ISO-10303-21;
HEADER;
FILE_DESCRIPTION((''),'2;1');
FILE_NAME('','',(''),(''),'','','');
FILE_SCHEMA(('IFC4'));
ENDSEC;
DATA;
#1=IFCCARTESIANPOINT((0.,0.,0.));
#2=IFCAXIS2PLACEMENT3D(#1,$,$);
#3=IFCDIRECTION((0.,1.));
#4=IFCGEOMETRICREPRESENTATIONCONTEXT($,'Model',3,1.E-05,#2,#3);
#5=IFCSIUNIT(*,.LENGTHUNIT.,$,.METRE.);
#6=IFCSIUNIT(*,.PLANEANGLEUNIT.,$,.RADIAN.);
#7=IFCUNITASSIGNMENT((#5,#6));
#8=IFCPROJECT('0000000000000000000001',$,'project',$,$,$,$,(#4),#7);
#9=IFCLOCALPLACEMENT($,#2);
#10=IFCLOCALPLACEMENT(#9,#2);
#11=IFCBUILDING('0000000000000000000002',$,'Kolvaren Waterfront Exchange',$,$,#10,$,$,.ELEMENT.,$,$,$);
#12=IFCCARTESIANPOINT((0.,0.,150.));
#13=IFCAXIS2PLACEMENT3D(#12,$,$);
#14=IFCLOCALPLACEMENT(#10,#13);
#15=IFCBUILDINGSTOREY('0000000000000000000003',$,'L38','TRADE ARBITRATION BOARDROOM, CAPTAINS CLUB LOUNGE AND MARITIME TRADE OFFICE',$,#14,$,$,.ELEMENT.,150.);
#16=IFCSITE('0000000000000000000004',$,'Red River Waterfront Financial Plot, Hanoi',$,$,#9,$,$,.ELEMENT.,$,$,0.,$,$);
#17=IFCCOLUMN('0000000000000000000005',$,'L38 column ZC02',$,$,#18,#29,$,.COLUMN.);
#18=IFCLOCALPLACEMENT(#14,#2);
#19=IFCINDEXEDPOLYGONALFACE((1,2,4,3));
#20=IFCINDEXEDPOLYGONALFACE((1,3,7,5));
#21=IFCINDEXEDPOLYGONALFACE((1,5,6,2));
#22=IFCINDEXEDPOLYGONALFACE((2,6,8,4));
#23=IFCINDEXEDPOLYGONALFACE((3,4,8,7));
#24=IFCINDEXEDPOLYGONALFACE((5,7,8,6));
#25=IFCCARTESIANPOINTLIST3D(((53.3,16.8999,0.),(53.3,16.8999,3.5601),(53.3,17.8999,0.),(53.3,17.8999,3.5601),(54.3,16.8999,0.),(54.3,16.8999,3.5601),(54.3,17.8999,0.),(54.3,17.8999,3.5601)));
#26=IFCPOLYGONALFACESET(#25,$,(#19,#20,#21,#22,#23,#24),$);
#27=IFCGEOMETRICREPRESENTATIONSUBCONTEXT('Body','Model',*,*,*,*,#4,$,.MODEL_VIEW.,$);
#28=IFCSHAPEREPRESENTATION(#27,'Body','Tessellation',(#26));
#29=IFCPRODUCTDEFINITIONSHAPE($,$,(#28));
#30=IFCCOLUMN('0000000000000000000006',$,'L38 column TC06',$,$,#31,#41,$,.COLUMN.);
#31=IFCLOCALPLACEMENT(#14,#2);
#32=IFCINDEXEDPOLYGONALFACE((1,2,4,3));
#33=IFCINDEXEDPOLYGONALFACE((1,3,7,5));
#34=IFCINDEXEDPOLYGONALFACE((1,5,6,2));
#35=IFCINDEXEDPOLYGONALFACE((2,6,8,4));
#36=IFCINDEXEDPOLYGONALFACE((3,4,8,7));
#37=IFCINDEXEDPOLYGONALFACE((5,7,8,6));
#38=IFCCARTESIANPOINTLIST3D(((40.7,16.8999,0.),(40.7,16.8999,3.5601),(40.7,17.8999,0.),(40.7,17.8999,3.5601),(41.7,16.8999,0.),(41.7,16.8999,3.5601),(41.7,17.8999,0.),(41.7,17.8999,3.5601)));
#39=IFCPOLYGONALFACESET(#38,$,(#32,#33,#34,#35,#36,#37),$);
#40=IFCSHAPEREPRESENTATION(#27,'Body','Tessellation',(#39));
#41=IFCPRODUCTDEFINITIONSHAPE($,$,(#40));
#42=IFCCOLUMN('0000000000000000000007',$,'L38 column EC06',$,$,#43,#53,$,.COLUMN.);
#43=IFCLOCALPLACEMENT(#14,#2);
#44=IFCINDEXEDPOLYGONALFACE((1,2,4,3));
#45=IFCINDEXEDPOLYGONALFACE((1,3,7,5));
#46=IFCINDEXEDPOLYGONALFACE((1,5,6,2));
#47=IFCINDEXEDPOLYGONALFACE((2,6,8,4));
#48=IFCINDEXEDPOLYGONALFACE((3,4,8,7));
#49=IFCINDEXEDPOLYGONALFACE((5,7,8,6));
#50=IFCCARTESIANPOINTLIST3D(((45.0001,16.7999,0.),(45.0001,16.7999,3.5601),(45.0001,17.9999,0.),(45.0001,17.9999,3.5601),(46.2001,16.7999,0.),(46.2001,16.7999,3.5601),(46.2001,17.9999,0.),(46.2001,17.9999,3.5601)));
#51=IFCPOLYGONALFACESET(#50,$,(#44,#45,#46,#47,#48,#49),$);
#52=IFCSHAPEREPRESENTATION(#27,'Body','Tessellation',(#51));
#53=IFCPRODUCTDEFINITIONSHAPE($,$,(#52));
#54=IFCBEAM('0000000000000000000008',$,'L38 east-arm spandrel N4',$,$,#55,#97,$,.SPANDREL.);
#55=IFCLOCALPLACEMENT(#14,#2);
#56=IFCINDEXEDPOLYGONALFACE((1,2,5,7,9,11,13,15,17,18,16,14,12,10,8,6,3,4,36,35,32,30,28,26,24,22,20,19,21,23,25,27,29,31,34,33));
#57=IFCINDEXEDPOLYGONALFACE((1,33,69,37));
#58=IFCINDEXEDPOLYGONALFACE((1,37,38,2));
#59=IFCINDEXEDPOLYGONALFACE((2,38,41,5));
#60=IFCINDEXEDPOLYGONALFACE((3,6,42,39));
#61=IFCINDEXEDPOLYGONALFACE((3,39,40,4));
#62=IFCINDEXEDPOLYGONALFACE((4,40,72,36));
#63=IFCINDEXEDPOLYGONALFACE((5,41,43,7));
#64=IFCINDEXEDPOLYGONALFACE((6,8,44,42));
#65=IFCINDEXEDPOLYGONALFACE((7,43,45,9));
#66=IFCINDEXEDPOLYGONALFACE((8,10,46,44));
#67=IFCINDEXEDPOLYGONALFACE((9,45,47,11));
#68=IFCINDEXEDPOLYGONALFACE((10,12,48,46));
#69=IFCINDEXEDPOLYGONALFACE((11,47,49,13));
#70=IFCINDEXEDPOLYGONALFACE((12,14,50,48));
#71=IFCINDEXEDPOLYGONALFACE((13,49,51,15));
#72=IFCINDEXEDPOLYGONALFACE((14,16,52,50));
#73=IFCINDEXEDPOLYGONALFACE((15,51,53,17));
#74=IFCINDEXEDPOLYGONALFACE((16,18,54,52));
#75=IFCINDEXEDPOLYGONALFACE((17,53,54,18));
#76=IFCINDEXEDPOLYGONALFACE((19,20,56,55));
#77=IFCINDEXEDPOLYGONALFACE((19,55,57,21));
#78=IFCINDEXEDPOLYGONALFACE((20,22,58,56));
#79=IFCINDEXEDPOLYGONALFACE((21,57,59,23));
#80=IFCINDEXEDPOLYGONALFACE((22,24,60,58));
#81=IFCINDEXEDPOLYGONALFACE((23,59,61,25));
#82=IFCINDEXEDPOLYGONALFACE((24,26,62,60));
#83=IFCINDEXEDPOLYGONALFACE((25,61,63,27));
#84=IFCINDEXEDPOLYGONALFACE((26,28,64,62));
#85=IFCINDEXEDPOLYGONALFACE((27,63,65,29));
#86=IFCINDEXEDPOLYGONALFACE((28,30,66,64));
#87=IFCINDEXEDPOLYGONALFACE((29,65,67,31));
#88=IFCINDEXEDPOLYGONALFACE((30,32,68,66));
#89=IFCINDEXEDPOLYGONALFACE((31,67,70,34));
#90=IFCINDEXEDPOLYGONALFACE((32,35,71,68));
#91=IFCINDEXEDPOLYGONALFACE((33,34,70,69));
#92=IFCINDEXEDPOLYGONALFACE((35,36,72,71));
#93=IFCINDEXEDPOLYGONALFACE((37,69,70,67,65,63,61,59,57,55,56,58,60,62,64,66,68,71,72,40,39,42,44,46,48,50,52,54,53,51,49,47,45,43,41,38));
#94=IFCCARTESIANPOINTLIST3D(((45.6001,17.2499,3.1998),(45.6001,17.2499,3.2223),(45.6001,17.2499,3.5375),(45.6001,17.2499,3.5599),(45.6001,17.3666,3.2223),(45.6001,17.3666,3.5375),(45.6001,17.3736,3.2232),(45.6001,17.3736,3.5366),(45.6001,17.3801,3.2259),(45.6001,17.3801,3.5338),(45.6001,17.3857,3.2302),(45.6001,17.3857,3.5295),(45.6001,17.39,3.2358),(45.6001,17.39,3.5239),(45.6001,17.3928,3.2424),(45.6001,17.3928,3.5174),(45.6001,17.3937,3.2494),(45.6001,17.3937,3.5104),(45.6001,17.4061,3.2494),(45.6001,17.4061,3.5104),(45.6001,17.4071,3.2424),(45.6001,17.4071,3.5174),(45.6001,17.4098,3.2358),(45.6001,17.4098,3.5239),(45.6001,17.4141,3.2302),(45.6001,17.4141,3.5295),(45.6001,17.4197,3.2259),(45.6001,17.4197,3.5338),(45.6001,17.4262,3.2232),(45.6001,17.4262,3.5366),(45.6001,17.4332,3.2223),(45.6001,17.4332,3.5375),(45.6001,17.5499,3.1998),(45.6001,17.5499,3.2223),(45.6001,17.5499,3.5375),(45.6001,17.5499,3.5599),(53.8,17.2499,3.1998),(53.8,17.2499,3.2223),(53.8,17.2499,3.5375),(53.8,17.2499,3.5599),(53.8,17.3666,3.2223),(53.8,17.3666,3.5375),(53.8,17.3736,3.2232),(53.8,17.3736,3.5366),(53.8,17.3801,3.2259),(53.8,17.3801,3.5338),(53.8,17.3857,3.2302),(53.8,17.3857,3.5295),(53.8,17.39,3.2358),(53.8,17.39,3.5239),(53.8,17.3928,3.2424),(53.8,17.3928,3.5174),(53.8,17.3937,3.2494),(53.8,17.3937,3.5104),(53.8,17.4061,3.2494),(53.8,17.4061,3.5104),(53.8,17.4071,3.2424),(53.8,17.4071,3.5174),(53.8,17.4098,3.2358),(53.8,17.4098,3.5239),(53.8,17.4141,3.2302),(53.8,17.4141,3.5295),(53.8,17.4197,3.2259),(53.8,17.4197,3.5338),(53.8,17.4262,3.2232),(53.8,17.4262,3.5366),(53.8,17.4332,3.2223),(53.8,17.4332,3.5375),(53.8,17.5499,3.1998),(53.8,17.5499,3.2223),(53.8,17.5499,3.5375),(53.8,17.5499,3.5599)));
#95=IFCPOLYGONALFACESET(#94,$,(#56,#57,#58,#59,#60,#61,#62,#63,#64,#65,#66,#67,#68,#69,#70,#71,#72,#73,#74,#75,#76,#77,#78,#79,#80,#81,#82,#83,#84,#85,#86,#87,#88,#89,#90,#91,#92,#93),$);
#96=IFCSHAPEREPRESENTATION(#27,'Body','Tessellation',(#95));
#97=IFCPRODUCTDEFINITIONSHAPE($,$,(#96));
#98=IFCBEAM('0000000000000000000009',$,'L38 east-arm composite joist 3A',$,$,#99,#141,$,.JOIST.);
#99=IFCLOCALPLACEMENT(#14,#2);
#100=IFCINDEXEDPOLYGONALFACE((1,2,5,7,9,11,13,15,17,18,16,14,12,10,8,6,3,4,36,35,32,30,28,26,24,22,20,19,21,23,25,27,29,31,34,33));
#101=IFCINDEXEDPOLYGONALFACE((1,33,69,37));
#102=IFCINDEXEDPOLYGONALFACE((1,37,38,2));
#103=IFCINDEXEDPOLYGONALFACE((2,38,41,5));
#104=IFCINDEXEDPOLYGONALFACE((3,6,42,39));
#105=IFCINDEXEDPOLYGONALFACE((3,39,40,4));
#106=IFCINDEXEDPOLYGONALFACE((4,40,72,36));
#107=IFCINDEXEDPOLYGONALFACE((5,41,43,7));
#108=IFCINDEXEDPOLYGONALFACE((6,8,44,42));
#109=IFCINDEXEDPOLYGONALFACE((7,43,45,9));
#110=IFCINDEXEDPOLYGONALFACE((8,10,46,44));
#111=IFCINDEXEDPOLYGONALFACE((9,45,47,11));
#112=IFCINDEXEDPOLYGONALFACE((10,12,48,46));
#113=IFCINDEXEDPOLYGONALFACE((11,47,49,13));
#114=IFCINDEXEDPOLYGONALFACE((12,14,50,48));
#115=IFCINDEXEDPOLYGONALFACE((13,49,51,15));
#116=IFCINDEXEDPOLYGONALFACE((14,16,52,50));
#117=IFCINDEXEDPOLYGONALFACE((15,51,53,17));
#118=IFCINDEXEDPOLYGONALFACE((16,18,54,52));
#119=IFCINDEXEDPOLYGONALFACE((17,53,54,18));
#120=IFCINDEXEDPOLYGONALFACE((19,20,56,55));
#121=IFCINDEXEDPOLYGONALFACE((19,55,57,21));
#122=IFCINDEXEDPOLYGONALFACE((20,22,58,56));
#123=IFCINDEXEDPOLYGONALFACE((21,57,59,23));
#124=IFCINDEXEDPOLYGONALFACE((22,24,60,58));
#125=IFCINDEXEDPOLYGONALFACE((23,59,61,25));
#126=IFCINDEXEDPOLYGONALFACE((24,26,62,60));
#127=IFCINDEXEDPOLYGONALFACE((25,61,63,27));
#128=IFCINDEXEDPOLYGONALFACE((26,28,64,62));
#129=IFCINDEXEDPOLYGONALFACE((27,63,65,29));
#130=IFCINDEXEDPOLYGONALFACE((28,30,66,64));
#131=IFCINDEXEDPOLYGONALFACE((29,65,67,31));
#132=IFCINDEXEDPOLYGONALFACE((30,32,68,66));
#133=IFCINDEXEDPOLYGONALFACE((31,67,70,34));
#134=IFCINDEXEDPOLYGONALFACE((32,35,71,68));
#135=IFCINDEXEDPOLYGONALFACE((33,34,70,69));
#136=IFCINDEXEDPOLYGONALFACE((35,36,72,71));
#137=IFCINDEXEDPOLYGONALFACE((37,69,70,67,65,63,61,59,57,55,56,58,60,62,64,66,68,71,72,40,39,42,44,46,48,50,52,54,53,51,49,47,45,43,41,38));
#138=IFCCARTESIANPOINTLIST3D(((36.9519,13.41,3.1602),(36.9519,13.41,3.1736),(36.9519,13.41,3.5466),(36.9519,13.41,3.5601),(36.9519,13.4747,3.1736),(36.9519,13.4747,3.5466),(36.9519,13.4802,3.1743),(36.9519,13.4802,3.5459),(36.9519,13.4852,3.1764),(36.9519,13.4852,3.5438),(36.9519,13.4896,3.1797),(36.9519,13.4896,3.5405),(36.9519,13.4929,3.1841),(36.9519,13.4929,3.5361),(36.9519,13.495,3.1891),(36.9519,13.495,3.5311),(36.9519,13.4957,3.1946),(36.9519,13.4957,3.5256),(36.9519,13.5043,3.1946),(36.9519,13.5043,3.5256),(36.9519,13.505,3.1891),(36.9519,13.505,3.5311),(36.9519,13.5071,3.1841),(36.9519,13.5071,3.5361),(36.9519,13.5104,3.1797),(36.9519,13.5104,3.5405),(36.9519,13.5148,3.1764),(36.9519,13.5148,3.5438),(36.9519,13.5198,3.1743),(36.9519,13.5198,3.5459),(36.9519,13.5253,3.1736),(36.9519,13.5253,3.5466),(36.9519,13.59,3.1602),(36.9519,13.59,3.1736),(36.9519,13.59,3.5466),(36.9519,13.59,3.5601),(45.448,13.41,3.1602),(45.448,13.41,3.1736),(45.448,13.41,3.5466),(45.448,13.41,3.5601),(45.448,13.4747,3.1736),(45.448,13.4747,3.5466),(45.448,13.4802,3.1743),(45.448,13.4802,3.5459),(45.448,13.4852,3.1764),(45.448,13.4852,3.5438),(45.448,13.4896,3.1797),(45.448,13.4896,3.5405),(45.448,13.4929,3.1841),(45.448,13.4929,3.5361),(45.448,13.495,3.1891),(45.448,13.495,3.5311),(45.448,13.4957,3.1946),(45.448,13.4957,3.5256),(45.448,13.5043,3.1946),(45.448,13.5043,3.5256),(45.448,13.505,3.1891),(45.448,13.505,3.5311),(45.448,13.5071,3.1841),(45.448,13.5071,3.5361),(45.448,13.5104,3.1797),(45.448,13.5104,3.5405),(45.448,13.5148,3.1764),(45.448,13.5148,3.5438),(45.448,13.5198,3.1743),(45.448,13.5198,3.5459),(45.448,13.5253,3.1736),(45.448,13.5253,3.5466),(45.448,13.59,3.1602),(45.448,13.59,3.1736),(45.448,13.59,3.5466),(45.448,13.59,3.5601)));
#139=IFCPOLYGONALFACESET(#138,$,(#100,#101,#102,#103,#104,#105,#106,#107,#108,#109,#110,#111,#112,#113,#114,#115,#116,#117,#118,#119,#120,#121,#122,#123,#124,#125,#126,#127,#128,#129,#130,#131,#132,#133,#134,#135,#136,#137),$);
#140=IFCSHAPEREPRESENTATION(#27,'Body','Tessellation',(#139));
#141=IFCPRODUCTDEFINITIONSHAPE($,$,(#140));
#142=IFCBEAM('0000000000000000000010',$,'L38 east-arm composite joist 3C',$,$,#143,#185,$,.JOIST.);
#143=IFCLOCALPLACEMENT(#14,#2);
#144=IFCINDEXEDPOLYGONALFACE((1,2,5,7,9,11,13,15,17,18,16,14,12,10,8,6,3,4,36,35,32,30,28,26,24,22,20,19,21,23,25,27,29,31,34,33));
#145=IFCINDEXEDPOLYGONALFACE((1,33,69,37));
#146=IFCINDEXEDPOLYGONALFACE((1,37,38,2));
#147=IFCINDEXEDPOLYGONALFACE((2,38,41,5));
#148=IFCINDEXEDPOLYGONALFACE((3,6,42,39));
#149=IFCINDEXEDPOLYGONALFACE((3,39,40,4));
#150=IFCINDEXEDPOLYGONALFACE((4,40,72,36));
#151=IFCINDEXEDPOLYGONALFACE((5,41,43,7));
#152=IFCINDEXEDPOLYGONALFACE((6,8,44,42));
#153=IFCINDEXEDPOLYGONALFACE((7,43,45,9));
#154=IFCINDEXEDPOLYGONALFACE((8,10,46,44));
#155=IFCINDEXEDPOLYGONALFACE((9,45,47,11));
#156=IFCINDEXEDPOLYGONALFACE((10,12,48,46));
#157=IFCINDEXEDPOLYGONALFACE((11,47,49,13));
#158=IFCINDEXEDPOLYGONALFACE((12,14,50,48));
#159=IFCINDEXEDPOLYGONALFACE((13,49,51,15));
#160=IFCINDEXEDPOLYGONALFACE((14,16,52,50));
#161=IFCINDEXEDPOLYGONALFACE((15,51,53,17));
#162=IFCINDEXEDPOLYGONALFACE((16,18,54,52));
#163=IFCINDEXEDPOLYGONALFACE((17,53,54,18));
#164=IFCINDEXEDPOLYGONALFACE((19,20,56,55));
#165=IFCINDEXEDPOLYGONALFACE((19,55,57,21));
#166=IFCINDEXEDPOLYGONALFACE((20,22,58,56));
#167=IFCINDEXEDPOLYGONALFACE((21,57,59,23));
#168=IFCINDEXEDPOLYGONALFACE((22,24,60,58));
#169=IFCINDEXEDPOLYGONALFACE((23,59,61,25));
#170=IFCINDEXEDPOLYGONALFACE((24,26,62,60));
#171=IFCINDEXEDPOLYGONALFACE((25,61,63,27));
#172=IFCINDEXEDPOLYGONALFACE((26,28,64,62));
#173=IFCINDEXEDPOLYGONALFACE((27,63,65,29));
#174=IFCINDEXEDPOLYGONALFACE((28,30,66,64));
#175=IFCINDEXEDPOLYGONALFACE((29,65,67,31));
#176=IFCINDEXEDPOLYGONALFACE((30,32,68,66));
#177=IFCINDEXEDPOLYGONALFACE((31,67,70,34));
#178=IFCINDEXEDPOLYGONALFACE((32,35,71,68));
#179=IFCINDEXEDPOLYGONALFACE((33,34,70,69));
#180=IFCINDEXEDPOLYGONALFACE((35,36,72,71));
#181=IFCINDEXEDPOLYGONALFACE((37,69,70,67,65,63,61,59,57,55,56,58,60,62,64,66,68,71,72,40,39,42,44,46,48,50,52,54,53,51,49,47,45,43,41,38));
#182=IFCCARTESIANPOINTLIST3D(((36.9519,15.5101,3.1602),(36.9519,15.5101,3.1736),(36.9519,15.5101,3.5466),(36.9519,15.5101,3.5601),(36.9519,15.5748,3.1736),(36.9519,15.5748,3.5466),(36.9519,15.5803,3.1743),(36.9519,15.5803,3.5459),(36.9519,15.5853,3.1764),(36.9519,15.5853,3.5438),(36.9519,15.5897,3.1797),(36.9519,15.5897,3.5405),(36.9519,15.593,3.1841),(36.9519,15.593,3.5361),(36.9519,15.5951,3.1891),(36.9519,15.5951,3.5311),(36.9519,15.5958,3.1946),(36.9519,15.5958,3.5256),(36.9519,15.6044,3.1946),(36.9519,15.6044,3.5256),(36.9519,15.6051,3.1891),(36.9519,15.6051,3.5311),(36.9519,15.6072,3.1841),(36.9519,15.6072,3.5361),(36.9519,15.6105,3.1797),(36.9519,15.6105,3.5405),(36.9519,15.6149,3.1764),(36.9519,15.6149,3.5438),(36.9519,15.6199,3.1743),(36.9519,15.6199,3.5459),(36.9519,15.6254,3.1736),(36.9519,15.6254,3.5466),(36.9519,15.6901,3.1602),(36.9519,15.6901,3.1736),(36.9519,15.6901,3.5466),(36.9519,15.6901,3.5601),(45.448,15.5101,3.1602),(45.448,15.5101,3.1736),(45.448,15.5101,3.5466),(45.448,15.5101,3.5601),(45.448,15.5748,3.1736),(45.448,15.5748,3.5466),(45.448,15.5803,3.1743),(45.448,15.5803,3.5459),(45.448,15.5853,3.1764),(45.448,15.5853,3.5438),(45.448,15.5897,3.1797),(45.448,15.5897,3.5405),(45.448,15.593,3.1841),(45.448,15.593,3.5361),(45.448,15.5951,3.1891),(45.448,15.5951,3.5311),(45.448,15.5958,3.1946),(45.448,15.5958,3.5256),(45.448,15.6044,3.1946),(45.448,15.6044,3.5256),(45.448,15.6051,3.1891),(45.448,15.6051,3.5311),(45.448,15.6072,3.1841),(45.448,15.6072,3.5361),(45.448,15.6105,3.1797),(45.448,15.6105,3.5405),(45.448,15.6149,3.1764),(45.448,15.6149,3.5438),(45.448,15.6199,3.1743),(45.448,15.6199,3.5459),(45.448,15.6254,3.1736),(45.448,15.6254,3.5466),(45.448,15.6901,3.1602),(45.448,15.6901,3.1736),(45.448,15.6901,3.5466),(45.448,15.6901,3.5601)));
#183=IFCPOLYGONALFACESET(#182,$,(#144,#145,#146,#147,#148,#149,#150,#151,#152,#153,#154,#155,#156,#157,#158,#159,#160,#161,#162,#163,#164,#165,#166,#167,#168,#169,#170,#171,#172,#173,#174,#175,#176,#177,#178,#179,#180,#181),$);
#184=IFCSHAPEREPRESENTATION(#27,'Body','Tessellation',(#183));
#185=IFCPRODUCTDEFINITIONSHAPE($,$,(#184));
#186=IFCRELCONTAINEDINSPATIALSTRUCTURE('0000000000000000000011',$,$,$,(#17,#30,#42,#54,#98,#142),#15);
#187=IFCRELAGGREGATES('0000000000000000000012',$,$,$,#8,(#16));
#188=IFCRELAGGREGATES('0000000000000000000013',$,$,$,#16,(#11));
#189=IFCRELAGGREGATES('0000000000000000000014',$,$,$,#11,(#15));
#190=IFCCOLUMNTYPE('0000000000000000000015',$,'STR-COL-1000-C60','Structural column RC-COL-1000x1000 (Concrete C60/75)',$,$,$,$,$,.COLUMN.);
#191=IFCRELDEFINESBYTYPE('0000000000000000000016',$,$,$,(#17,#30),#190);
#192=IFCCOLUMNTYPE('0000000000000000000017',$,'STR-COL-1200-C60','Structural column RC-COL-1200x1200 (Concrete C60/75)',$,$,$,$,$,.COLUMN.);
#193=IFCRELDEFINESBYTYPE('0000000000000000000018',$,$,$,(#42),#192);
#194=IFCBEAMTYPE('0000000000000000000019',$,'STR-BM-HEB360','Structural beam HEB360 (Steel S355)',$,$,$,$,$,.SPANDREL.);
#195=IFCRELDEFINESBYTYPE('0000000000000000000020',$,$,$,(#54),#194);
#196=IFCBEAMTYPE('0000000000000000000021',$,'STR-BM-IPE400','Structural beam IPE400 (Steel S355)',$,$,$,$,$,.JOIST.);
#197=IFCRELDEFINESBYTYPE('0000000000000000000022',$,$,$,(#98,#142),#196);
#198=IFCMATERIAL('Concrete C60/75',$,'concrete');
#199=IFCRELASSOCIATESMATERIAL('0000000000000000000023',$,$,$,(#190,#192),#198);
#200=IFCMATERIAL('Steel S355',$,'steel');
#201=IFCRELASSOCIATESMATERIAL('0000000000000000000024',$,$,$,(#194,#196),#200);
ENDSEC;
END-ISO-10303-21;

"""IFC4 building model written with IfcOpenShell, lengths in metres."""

from ifc_helpers import new_model, si_unit, direction, frame, origin, origin_2d, place, context, subcontext, project, spatial, rectangle, i_section, extrude, material, material_profile, profile_set, type_object, element, save


model = new_model("IFC4")

# Units and contexts
model_context = context("Model", 3, precision=1e-05, world=origin(), true_north=direction((0.0, 1.0)))
body_context = subcontext(model_context, "Body", "Model", "MODEL_VIEW")
ifc_project = project(units=[si_unit("LENGTHUNIT", "METRE"), si_unit("PLANEANGLEUNIT", "RADIAN")], contexts=[model_context])

# Site, building, storey
site_placement = place(None, origin())
site = spatial("IfcSite", under=ifc_project, at=site_placement, Name="Red River Waterfront Financial Plot, Hanoi", CompositionType="ELEMENT", RefElevation=0.0)
building_placement = place(site_placement, origin())
building = spatial("IfcBuilding", under=site, at=building_placement, Name="Kolvaren Waterfront Exchange", CompositionType="ELEMENT")
storey_placement = place(building_placement, frame((0.0, 0.0, 150.0)))
storey = spatial("IfcBuildingStorey", under=building, at=storey_placement, Name="L38", Description="TRADE ARBITRATION BOARDROOM, CAPTAINS CLUB LOUNGE AND MARITIME TRADE OFFICE", CompositionType="ELEMENT", Elevation=150.0)

# Columns
ifc_material_1 = material(Name="Concrete C60/75", Category="concrete")
ifc_material_profile_1 = material_profile(ifc_material_1, rectangle(XDim=1.0, YDim=1.0, at=origin_2d()), Name="RC-COL-1000x1000")
ifc_profile_set_1 = profile_set([ifc_material_profile_1], Name="Concrete C60/75")
column_type_1 = type_object("IfcColumnType", Name="STR-COL-1000-C60", Description="Structural column RC-COL-1000x1000 (Concrete C60/75)", PredefinedType="COLUMN", material=ifc_profile_set_1)
for number, where, z_axis, x_axis, name in (
    (1, (53.8, 17.3999, 0.0), (0.0, 0.0, 1.0), (1.0, 0.0, 0.0), "L38 column ZC02"),
    (2, (41.2, 17.3999, 0.0), (0.0, 0.0, 1.0), (1.0, 0.0, 0.0), "L38 column TC06"),
):
    element("IfcColumn", number, at=place(storey_placement, frame(where, z_axis=z_axis, x_axis=x_axis)), inside=storey, type_object=column_type_1, Name=name, PredefinedType="COLUMN", context=body_context, shape_type="SweptSolid", body=[
        extrude(rectangle(XDim=1.0, YDim=1.0, at=origin_2d()), origin(), (0.0, 0.0, 1.0), 3.5601),
    ])
ifc_material_profile_2 = material_profile(ifc_material_1, rectangle(XDim=1.2, YDim=1.2, at=origin_2d()), Name="RC-COL-1200x1200")
ifc_profile_set_2 = profile_set([ifc_material_profile_2], Name="Concrete C60/75")
column_type_2 = type_object("IfcColumnType", Name="STR-COL-1200-C60", Description="Structural column RC-COL-1200x1200 (Concrete C60/75)", PredefinedType="COLUMN", material=ifc_profile_set_2)
column_placement = place(storey_placement, frame((45.6001, 17.3999, 0.0), z_axis=(0.0, 0.0, 1.0), x_axis=(1.0, 0.0, 0.0)))
element("IfcColumn", 3, at=column_placement, inside=storey, type_object=column_type_2, Name="L38 column EC06", PredefinedType="COLUMN", context=body_context, shape_type="SweptSolid", body=[
    extrude(rectangle(XDim=1.2, YDim=1.2, at=origin_2d()), origin(), (0.0, 0.0, 1.0), 3.5601),
])

# Beams
ifc_material_2 = material(Name="Steel S355", Category="steel")
ifc_material_profile_3 = material_profile(ifc_material_2, i_section(OverallWidth=0.3, OverallDepth=0.3601, WebThickness=0.0125, FlangeThickness=0.0225, FilletRadius=0.0271, at=origin_2d()), Name="HEB360")
ifc_profile_set_3 = profile_set([ifc_material_profile_3], Name="Steel S355")
beam_type_1 = type_object("IfcBeamType", Name="STR-BM-HEB360", Description="Structural beam HEB360 (Steel S355)", PredefinedType="SPANDREL", material=ifc_profile_set_3)
beam_placement = place(storey_placement, frame((45.6001, 17.3999, 3.3799), z_axis=(1.0, 0.0, 0.0), x_axis=(0.0, 1.0, 0.0)))
element("IfcBeam", 4, at=beam_placement, inside=storey, type_object=beam_type_1, Name="L38 east-arm spandrel N4", PredefinedType="SPANDREL", context=body_context, shape_type="SweptSolid", body=[
    extrude(i_section(OverallWidth=0.3, OverallDepth=0.3601, WebThickness=0.0125, FlangeThickness=0.0225, FilletRadius=0.0271, at=origin_2d()), origin(), (0.0, 0.0, 1.0), 8.2),
])
ifc_material_profile_4 = material_profile(ifc_material_2, i_section(OverallWidth=0.1799, OverallDepth=0.3999, WebThickness=0.0085, FlangeThickness=0.0134, FilletRadius=0.021, at=origin_2d()), Name="IPE400")
ifc_profile_set_4 = profile_set([ifc_material_profile_4], Name="Steel S355")
beam_type_2 = type_object("IfcBeamType", Name="STR-BM-IPE400", Description="Structural beam IPE400 (Steel S355)", PredefinedType="JOIST", material=ifc_profile_set_4)
for number, where, z_axis, x_axis, name in (
    (5, (36.9519, 13.5, 3.3601), (1.0, 0.0, 0.0), (0.0, 1.0, 0.0), "L38 east-arm composite joist 3A"),
    (6, (36.9519, 15.6001, 3.3601), (1.0, 0.0, 0.0), (0.0, 1.0, 0.0), "L38 east-arm composite joist 3C"),
):
    element("IfcBeam", number, at=place(storey_placement, frame(where, z_axis=z_axis, x_axis=x_axis)), inside=storey, type_object=beam_type_2, Name=name, PredefinedType="JOIST", context=body_context, shape_type="SweptSolid", body=[
        extrude(i_section(OverallWidth=0.1799, OverallDepth=0.3999, WebThickness=0.0085, FlangeThickness=0.0134, FilletRadius=0.021, at=origin_2d()), origin(), (0.0, 0.0, 1.0), 8.4961),
    ])

save(model, "model.ifc")
